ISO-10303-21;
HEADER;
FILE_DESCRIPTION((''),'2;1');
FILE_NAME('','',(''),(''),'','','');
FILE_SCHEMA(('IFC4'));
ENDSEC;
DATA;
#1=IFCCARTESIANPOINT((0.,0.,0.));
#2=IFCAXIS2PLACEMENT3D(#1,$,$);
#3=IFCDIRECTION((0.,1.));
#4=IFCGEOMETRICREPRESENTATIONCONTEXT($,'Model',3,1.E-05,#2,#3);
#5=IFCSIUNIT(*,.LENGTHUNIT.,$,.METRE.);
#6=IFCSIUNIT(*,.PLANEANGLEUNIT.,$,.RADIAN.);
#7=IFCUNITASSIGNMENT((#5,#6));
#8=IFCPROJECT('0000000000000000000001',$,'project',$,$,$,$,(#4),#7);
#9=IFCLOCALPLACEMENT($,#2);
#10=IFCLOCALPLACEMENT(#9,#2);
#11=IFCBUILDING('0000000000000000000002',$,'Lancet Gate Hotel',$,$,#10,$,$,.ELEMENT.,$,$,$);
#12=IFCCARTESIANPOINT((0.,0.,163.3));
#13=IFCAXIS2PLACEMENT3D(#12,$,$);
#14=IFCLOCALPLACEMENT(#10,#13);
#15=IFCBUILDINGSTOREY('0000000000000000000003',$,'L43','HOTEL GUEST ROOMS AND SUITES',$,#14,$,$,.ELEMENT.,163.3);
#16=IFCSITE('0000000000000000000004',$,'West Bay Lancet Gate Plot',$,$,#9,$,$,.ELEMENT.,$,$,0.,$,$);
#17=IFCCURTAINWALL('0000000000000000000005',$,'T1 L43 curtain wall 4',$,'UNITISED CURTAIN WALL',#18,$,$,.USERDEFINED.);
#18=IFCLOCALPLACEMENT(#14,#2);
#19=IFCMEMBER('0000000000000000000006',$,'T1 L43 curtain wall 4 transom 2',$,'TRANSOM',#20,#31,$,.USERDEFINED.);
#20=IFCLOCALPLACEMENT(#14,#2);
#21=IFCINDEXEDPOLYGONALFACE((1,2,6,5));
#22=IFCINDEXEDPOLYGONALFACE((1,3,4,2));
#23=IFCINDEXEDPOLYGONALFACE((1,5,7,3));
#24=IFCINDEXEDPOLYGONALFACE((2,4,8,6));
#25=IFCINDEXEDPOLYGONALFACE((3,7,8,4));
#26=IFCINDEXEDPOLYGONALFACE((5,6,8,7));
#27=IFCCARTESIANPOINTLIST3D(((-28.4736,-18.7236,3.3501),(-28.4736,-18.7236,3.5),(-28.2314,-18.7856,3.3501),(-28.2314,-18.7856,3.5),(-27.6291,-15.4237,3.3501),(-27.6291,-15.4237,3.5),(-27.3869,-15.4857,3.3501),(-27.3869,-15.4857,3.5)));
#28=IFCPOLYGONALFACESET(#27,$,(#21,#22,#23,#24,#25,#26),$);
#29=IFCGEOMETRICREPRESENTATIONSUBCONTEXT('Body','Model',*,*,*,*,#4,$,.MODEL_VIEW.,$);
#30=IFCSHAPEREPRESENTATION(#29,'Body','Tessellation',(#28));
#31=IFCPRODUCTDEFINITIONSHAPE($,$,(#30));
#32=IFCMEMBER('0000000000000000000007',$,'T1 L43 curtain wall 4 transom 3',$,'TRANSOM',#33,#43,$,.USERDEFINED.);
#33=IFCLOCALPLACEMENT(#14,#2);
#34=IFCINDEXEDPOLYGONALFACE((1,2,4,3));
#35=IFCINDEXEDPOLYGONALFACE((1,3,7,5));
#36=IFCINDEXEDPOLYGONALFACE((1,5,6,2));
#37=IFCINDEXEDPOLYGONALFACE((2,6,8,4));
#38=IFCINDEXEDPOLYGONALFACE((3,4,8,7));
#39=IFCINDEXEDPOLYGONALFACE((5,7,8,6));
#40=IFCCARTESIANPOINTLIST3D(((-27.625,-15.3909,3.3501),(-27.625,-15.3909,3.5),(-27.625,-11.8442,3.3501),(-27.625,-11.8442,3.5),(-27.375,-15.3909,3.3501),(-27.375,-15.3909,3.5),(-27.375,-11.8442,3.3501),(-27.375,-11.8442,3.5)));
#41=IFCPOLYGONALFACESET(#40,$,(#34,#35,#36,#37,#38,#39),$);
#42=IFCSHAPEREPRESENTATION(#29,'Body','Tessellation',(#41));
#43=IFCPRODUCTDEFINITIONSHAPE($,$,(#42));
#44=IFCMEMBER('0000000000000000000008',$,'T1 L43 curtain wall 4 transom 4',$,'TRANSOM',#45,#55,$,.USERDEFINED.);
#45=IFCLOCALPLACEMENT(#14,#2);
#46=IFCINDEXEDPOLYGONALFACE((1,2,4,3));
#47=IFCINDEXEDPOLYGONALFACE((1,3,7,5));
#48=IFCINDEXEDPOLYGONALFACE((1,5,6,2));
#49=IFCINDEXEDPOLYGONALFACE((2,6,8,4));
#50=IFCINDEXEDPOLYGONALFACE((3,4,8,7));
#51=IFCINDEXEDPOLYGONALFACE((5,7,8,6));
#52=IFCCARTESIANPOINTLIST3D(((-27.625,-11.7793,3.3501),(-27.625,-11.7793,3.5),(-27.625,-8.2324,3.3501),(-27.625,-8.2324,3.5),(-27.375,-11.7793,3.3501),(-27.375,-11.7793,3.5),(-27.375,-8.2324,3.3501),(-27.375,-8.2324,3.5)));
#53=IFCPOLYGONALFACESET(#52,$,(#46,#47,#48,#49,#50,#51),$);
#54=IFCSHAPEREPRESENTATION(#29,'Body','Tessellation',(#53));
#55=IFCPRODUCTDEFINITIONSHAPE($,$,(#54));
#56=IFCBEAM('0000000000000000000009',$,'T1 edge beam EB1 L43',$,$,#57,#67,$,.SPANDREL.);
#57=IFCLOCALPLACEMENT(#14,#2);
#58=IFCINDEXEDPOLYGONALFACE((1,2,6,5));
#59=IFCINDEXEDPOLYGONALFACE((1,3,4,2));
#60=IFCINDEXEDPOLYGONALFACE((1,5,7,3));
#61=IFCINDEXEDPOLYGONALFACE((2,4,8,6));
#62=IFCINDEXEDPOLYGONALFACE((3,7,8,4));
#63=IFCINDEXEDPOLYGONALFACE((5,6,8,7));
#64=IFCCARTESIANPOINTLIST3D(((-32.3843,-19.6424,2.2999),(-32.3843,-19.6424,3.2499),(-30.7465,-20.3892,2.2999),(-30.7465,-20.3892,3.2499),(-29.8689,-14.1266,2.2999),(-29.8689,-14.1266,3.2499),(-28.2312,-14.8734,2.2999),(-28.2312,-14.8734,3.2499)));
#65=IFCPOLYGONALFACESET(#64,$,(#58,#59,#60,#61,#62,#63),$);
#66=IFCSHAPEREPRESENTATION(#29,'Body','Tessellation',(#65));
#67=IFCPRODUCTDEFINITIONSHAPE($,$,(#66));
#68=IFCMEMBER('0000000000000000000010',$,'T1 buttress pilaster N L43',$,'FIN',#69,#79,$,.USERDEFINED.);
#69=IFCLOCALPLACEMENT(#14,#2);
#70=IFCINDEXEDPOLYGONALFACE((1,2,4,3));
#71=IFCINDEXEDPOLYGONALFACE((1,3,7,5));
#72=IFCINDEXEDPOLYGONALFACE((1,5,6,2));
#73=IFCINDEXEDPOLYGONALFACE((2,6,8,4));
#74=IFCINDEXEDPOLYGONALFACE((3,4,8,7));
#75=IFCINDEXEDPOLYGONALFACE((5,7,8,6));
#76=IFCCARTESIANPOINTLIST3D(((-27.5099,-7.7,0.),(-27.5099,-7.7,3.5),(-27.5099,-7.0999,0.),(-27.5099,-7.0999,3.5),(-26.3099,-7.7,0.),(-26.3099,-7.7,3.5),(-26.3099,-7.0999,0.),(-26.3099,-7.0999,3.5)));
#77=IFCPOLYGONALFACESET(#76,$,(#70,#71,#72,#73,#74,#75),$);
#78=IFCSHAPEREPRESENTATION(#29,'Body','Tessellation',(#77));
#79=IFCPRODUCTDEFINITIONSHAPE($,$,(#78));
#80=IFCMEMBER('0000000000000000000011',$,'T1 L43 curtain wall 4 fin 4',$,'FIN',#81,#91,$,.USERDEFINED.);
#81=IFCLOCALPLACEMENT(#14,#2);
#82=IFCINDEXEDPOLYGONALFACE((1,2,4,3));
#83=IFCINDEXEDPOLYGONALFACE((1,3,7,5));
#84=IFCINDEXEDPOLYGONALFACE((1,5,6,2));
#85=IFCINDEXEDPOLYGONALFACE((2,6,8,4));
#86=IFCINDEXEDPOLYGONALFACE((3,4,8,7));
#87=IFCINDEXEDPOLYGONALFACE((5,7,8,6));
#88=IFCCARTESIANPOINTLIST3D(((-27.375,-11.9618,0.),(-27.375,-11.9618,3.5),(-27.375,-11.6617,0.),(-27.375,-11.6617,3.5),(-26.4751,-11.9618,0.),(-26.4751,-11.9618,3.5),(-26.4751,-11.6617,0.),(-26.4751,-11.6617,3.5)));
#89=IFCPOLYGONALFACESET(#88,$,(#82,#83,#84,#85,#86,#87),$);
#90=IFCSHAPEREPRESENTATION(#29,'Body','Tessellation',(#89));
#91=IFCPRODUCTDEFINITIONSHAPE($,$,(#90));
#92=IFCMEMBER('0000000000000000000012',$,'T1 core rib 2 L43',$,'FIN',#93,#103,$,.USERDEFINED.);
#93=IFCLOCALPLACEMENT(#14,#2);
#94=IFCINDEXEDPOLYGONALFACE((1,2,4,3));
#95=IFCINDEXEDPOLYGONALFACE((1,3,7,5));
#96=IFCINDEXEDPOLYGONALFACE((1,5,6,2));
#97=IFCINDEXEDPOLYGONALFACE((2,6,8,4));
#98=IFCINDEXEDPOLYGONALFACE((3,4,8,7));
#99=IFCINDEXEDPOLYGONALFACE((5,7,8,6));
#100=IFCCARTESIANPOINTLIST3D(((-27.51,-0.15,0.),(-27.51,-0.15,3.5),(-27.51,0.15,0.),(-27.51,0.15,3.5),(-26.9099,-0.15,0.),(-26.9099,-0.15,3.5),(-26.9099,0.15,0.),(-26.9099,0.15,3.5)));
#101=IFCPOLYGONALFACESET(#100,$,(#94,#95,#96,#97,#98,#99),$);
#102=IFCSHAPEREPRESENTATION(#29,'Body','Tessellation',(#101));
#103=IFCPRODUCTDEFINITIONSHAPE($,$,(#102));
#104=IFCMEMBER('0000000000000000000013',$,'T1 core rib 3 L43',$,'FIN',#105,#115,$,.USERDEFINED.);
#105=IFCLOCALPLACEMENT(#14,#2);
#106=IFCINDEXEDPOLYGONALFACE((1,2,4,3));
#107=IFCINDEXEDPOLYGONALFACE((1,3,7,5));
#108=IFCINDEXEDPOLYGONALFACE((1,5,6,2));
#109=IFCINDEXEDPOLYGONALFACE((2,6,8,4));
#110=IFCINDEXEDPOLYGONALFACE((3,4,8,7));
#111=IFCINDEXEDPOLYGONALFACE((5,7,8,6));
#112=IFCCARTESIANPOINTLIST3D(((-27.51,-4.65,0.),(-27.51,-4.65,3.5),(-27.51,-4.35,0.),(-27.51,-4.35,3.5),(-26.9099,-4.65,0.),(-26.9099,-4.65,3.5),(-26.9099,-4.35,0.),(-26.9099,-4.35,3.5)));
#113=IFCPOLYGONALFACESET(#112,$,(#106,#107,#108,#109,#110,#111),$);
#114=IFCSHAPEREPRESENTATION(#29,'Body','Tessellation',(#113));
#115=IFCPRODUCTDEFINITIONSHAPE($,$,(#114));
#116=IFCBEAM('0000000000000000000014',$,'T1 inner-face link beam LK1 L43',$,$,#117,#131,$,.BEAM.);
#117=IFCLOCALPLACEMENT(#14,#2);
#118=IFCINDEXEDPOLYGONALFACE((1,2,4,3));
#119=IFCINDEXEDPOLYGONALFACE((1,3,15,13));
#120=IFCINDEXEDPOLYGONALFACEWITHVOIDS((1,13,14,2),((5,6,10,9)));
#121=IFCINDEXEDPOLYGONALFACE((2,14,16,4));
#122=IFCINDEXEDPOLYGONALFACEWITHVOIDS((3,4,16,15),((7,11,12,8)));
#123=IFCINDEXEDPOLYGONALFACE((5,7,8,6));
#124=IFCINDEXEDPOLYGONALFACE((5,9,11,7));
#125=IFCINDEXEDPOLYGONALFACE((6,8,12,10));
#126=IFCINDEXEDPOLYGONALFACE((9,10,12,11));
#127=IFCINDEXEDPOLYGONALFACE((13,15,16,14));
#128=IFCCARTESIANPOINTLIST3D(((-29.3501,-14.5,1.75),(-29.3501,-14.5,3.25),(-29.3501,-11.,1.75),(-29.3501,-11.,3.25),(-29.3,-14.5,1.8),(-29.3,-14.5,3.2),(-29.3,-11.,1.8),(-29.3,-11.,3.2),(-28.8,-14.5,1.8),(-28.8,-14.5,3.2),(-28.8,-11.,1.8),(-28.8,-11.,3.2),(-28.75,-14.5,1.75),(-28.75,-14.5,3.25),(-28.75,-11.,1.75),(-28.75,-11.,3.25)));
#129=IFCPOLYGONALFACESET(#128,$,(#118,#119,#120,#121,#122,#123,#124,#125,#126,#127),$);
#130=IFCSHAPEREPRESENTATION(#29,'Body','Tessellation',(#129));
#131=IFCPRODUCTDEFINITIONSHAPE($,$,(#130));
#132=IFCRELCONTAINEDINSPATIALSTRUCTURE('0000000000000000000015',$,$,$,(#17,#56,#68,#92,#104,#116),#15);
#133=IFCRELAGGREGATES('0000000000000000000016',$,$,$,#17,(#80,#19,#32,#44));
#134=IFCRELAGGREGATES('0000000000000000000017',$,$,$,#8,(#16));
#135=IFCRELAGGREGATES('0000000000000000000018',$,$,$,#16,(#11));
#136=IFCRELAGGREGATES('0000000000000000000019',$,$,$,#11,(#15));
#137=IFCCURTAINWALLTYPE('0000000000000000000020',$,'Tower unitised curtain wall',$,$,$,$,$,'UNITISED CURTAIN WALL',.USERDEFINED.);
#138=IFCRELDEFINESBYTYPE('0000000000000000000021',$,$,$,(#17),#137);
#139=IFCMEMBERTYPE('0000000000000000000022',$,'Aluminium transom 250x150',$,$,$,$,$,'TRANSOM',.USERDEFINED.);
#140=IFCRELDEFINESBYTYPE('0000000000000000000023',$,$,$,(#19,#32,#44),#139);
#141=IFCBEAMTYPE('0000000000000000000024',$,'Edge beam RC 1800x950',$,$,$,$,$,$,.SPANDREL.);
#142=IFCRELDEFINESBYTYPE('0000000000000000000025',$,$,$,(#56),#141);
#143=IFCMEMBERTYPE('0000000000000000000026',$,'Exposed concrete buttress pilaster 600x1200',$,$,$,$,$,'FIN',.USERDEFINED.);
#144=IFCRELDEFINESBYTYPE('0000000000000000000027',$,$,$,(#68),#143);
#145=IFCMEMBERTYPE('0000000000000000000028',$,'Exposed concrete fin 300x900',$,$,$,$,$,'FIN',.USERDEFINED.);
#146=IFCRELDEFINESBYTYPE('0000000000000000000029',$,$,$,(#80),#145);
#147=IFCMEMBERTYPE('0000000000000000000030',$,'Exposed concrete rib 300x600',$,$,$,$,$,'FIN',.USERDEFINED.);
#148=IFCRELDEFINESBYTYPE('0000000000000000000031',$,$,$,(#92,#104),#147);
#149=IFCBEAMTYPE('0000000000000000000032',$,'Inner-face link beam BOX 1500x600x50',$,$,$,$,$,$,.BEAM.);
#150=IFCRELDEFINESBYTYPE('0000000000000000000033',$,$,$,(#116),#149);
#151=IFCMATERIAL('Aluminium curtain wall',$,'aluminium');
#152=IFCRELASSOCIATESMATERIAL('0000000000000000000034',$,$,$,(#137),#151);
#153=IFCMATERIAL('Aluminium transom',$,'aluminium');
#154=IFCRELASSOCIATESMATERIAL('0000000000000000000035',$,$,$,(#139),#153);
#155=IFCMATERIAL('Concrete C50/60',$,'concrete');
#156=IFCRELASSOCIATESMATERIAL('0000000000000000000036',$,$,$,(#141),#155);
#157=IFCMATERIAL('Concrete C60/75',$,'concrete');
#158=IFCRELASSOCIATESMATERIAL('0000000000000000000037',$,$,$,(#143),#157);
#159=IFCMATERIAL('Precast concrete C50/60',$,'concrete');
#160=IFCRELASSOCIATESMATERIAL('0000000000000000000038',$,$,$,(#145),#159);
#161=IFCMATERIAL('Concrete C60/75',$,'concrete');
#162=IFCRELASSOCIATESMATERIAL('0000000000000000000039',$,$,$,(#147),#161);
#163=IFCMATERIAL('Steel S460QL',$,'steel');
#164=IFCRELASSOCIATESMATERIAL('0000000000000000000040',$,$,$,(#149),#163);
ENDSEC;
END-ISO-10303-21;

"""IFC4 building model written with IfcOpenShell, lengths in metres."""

from ifc_helpers import new_model, si_unit, direction, frame, origin, origin_2d, place, context, subcontext, project, spatial, rectangle, hollow_rectangle, extrude, material, material_profile, profile_set, type_object, element, aggregate, save


model = new_model("IFC4")

# Units and contexts
model_context = context("Model", 3, precision=1e-05, world=origin(), true_north=direction((0.0, 1.0)))
body_context = subcontext(model_context, "Body", "Model", "MODEL_VIEW")
ifc_project = project(units=[si_unit("LENGTHUNIT", "METRE"), si_unit("PLANEANGLEUNIT", "RADIAN")], contexts=[model_context])

# Site, building, storey
site_placement = place(None, origin())
site = spatial("IfcSite", under=ifc_project, at=site_placement, Name="West Bay Lancet Gate Plot", CompositionType="ELEMENT", RefElevation=0.0)
building_placement = place(site_placement, origin())
building = spatial("IfcBuilding", under=site, at=building_placement, Name="Lancet Gate Hotel", CompositionType="ELEMENT")
storey_placement = place(building_placement, frame((0.0, 0.0, 163.3)))
storey = spatial("IfcBuildingStorey", under=building, at=storey_placement, Name="L43", Description="HOTEL GUEST ROOMS AND SUITES", CompositionType="ELEMENT", Elevation=163.3)

# Curtain wall, members
ifc_material_1 = material(Name="Aluminium curtain wall", Category="aluminium")
curtain_wall_type = type_object("IfcCurtainWallType", Name="Tower unitised curtain wall", ElementType="UNITISED CURTAIN WALL", PredefinedType="USERDEFINED", material=ifc_material_1)
curtain_wall_placement = place(storey_placement, origin())
curtain_wall = element("IfcCurtainWall", 1, at=curtain_wall_placement, inside=storey, type_object=curtain_wall_type, Name="T1 L43 curtain wall 4", ObjectType="UNITISED CURTAIN WALL", PredefinedType="USERDEFINED")
ifc_material_2 = material(Name="Aluminium transom", Category="aluminium")
ifc_material_profile_1 = material_profile(ifc_material_2, rectangle(XDim=0.25, YDim=0.1499, at=origin_2d()), Name="TRANSOM 250x150")
ifc_profile_set_1 = profile_set([ifc_material_profile_1], Name="Aluminium transom")
member_type_1 = type_object("IfcMemberType", Name="Aluminium transom 250x150", ElementType="TRANSOM", PredefinedType="USERDEFINED", material=ifc_profile_set_1)
member_1_placement = place(storey_placement, frame((-28.3525, -18.7546, 3.425), z_axis=(0.247929, 0.968778, 0.0), x_axis=(-0.968778, 0.247929, 0.0)))
member_1 = element("IfcMember", 2, at=member_1_placement, type_object=member_type_1, Name="T1 L43 curtain wall 4 transom 2", ObjectType="TRANSOM", PredefinedType="USERDEFINED", context=body_context, shape_type="SweptSolid", body=[
    extrude(rectangle(XDim=0.25, YDim=0.1499, at=origin_2d()), origin(), (0.0, 0.0, 1.0), 3.4062),
])
member_2_placement = place(storey_placement, frame((-27.5, -15.3909, 3.425), z_axis=(0.0, 1.0, 0.0), x_axis=(-1.0, 0.0, 0.0)))
member_2 = element("IfcMember", 3, at=member_2_placement, type_object=member_type_1, Name="T1 L43 curtain wall 4 transom 3", ObjectType="TRANSOM", PredefinedType="USERDEFINED", context=body_context, shape_type="SweptSolid", body=[
    extrude(rectangle(XDim=0.25, YDim=0.1499, at=origin_2d()), origin(), (0.0, 0.0, 1.0), 3.5466),
])
member_3_placement = place(storey_placement, frame((-27.5, -11.7793, 3.425), z_axis=(0.0, 1.0, 0.0), x_axis=(-1.0, 0.0, 0.0)))
member_3 = element("IfcMember", 4, at=member_3_placement, type_object=member_type_1, Name="T1 L43 curtain wall 4 transom 4", ObjectType="TRANSOM", PredefinedType="USERDEFINED", context=body_context, shape_type="SweptSolid", body=[
    extrude(rectangle(XDim=0.25, YDim=0.1499, at=origin_2d()), origin(), (0.0, 0.0, 1.0), 3.5469),
])

# Beam
ifc_material_3 = material(Name="Concrete C50/60", Category="concrete")
ifc_material_profile_2 = material_profile(ifc_material_3, rectangle(XDim=1.8, YDim=0.95, at=origin_2d()), Name="RC 1800x950")
ifc_profile_set_2 = profile_set([ifc_material_profile_2], Name="Concrete C50/60")
beam_type_1 = type_object("IfcBeamType", Name="Edge beam RC 1800x950", PredefinedType="SPANDREL", material=ifc_profile_set_2)
beam_1_placement = place(storey_placement, frame((-29.05, -14.5, 2.7749), z_axis=(-0.414919, -0.909858, 0.0), x_axis=(0.909858, -0.414919, 0.0)))
element("IfcBeam", 5, at=beam_1_placement, inside=storey, type_object=beam_type_1, Name="T1 edge beam EB1 L43", PredefinedType="SPANDREL", context=body_context, shape_type="SweptSolid", body=[
    extrude(rectangle(XDim=1.8, YDim=0.95, at=origin_2d()), origin(), (0.0, 0.0, 1.0), 6.0623),
])

# Members
ifc_material_4 = material(Name="Concrete C60/75", Category="concrete")
ifc_material_profile_3 = material_profile(ifc_material_4, rectangle(XDim=0.6001, YDim=1.2, at=origin_2d()), Name="FIN 600x1200")
ifc_profile_set_3 = profile_set([ifc_material_profile_3], Name="Concrete C60/75")
member_type_2 = type_object("IfcMemberType", Name="Exposed concrete buttress pilaster 600x1200", ElementType="FIN", PredefinedType="USERDEFINED", material=ifc_profile_set_3)
member_4_placement = place(storey_placement, frame((-26.9099, -7.3999, 0.0), z_axis=(0.0, 0.0, 1.0), x_axis=(0.0, 1.0, 0.0)))
element("IfcMember", 6, at=member_4_placement, inside=storey, type_object=member_type_2, Name="T1 buttress pilaster N L43", ObjectType="FIN", PredefinedType="USERDEFINED", context=body_context, shape_type="SweptSolid", body=[
    extrude(rectangle(XDim=0.6001, YDim=1.2, at=origin_2d()), origin(), (0.0, 0.0, 1.0), 3.5),
])
ifc_material_5 = material(Name="Precast concrete C50/60", Category="concrete")
ifc_material_profile_4 = material_profile(ifc_material_5, rectangle(XDim=0.3, YDim=0.8999, at=origin_2d()), Name="FIN 300x900")
ifc_profile_set_4 = profile_set([ifc_material_profile_4], Name="Precast concrete C50/60")
member_type_3 = type_object("IfcMemberType", Name="Exposed concrete fin 300x900", ElementType="FIN", PredefinedType="USERDEFINED", material=ifc_profile_set_4)
member_5_placement = place(storey_placement, frame((-26.925, -11.8118, 0.0), z_axis=(0.0, 0.0, 1.0), x_axis=(0.0, 1.0, 0.0)))
member_5 = element("IfcMember", 7, at=member_5_placement, type_object=member_type_3, Name="T1 L43 curtain wall 4 fin 4", ObjectType="FIN", PredefinedType="USERDEFINED", context=body_context, shape_type="SweptSolid", body=[
    extrude(rectangle(XDim=0.3, YDim=0.8999, at=origin_2d()), origin(), (0.0, 0.0, 1.0), 3.5),
])

# Members
ifc_material_6 = material(Name="Concrete C60/75", Category="concrete")
ifc_material_profile_5 = material_profile(ifc_material_6, rectangle(XDim=0.3, YDim=0.6001, at=origin_2d()), Name="FIN 300x600")
ifc_profile_set_5 = profile_set([ifc_material_profile_5], Name="Concrete C60/75")
member_type_4 = type_object("IfcMemberType", Name="Exposed concrete rib 300x600", ElementType="FIN", PredefinedType="USERDEFINED", material=ifc_profile_set_5)
for number, where, z_axis, x_axis, name in (
    (8, (-27.21, 0.0, 0.0), (0.0, 0.0, 1.0), (0.0, 1.0, 0.0), "T1 core rib 2 L43"),
    (9, (-27.21, -4.5, 0.0), (0.0, 0.0, 1.0), (0.0, 1.0, 0.0), "T1 core rib 3 L43"),
):
    element("IfcMember", number, at=place(storey_placement, frame(where, z_axis=z_axis, x_axis=x_axis)), inside=storey, type_object=member_type_4, Name=name, ObjectType="FIN", PredefinedType="USERDEFINED", context=body_context, shape_type="SweptSolid", body=[
        extrude(rectangle(XDim=0.3, YDim=0.6001, at=origin_2d()), origin(), (0.0, 0.0, 1.0), 3.5),
    ])

# Beam
ifc_material_7 = material(Name="Steel S460QL", Category="steel")
ifc_material_profile_6 = material_profile(ifc_material_7, hollow_rectangle(XDim=0.6001, YDim=1.5, WallThickness=0.05, at=origin_2d()), Name="BOX 1500x600x50")
ifc_profile_set_6 = profile_set([ifc_material_profile_6], Name="Steel S460QL")
beam_type_2 = type_object("IfcBeamType", Name="Inner-face link beam BOX 1500x600x50", PredefinedType="BEAM", material=ifc_profile_set_6)
beam_2_placement = place(storey_placement, frame((-29.05, -11.0, 2.5), z_axis=(0.0, -1.0, 0.0), x_axis=(1.0, 0.0, 0.0)))
element("IfcBeam", 10, at=beam_2_placement, inside=storey, type_object=beam_type_2, Name="T1 inner-face link beam LK1 L43", PredefinedType="BEAM", context=body_context, shape_type="SweptSolid", body=[
    extrude(hollow_rectangle(XDim=0.6001, YDim=1.5, WallThickness=0.05, at=origin_2d()), origin(), (0.0, 0.0, 1.0), 3.5),
])

aggregate(curtain_wall, [member_5, member_1, member_2, member_3])

save(model, "model.ifc")
